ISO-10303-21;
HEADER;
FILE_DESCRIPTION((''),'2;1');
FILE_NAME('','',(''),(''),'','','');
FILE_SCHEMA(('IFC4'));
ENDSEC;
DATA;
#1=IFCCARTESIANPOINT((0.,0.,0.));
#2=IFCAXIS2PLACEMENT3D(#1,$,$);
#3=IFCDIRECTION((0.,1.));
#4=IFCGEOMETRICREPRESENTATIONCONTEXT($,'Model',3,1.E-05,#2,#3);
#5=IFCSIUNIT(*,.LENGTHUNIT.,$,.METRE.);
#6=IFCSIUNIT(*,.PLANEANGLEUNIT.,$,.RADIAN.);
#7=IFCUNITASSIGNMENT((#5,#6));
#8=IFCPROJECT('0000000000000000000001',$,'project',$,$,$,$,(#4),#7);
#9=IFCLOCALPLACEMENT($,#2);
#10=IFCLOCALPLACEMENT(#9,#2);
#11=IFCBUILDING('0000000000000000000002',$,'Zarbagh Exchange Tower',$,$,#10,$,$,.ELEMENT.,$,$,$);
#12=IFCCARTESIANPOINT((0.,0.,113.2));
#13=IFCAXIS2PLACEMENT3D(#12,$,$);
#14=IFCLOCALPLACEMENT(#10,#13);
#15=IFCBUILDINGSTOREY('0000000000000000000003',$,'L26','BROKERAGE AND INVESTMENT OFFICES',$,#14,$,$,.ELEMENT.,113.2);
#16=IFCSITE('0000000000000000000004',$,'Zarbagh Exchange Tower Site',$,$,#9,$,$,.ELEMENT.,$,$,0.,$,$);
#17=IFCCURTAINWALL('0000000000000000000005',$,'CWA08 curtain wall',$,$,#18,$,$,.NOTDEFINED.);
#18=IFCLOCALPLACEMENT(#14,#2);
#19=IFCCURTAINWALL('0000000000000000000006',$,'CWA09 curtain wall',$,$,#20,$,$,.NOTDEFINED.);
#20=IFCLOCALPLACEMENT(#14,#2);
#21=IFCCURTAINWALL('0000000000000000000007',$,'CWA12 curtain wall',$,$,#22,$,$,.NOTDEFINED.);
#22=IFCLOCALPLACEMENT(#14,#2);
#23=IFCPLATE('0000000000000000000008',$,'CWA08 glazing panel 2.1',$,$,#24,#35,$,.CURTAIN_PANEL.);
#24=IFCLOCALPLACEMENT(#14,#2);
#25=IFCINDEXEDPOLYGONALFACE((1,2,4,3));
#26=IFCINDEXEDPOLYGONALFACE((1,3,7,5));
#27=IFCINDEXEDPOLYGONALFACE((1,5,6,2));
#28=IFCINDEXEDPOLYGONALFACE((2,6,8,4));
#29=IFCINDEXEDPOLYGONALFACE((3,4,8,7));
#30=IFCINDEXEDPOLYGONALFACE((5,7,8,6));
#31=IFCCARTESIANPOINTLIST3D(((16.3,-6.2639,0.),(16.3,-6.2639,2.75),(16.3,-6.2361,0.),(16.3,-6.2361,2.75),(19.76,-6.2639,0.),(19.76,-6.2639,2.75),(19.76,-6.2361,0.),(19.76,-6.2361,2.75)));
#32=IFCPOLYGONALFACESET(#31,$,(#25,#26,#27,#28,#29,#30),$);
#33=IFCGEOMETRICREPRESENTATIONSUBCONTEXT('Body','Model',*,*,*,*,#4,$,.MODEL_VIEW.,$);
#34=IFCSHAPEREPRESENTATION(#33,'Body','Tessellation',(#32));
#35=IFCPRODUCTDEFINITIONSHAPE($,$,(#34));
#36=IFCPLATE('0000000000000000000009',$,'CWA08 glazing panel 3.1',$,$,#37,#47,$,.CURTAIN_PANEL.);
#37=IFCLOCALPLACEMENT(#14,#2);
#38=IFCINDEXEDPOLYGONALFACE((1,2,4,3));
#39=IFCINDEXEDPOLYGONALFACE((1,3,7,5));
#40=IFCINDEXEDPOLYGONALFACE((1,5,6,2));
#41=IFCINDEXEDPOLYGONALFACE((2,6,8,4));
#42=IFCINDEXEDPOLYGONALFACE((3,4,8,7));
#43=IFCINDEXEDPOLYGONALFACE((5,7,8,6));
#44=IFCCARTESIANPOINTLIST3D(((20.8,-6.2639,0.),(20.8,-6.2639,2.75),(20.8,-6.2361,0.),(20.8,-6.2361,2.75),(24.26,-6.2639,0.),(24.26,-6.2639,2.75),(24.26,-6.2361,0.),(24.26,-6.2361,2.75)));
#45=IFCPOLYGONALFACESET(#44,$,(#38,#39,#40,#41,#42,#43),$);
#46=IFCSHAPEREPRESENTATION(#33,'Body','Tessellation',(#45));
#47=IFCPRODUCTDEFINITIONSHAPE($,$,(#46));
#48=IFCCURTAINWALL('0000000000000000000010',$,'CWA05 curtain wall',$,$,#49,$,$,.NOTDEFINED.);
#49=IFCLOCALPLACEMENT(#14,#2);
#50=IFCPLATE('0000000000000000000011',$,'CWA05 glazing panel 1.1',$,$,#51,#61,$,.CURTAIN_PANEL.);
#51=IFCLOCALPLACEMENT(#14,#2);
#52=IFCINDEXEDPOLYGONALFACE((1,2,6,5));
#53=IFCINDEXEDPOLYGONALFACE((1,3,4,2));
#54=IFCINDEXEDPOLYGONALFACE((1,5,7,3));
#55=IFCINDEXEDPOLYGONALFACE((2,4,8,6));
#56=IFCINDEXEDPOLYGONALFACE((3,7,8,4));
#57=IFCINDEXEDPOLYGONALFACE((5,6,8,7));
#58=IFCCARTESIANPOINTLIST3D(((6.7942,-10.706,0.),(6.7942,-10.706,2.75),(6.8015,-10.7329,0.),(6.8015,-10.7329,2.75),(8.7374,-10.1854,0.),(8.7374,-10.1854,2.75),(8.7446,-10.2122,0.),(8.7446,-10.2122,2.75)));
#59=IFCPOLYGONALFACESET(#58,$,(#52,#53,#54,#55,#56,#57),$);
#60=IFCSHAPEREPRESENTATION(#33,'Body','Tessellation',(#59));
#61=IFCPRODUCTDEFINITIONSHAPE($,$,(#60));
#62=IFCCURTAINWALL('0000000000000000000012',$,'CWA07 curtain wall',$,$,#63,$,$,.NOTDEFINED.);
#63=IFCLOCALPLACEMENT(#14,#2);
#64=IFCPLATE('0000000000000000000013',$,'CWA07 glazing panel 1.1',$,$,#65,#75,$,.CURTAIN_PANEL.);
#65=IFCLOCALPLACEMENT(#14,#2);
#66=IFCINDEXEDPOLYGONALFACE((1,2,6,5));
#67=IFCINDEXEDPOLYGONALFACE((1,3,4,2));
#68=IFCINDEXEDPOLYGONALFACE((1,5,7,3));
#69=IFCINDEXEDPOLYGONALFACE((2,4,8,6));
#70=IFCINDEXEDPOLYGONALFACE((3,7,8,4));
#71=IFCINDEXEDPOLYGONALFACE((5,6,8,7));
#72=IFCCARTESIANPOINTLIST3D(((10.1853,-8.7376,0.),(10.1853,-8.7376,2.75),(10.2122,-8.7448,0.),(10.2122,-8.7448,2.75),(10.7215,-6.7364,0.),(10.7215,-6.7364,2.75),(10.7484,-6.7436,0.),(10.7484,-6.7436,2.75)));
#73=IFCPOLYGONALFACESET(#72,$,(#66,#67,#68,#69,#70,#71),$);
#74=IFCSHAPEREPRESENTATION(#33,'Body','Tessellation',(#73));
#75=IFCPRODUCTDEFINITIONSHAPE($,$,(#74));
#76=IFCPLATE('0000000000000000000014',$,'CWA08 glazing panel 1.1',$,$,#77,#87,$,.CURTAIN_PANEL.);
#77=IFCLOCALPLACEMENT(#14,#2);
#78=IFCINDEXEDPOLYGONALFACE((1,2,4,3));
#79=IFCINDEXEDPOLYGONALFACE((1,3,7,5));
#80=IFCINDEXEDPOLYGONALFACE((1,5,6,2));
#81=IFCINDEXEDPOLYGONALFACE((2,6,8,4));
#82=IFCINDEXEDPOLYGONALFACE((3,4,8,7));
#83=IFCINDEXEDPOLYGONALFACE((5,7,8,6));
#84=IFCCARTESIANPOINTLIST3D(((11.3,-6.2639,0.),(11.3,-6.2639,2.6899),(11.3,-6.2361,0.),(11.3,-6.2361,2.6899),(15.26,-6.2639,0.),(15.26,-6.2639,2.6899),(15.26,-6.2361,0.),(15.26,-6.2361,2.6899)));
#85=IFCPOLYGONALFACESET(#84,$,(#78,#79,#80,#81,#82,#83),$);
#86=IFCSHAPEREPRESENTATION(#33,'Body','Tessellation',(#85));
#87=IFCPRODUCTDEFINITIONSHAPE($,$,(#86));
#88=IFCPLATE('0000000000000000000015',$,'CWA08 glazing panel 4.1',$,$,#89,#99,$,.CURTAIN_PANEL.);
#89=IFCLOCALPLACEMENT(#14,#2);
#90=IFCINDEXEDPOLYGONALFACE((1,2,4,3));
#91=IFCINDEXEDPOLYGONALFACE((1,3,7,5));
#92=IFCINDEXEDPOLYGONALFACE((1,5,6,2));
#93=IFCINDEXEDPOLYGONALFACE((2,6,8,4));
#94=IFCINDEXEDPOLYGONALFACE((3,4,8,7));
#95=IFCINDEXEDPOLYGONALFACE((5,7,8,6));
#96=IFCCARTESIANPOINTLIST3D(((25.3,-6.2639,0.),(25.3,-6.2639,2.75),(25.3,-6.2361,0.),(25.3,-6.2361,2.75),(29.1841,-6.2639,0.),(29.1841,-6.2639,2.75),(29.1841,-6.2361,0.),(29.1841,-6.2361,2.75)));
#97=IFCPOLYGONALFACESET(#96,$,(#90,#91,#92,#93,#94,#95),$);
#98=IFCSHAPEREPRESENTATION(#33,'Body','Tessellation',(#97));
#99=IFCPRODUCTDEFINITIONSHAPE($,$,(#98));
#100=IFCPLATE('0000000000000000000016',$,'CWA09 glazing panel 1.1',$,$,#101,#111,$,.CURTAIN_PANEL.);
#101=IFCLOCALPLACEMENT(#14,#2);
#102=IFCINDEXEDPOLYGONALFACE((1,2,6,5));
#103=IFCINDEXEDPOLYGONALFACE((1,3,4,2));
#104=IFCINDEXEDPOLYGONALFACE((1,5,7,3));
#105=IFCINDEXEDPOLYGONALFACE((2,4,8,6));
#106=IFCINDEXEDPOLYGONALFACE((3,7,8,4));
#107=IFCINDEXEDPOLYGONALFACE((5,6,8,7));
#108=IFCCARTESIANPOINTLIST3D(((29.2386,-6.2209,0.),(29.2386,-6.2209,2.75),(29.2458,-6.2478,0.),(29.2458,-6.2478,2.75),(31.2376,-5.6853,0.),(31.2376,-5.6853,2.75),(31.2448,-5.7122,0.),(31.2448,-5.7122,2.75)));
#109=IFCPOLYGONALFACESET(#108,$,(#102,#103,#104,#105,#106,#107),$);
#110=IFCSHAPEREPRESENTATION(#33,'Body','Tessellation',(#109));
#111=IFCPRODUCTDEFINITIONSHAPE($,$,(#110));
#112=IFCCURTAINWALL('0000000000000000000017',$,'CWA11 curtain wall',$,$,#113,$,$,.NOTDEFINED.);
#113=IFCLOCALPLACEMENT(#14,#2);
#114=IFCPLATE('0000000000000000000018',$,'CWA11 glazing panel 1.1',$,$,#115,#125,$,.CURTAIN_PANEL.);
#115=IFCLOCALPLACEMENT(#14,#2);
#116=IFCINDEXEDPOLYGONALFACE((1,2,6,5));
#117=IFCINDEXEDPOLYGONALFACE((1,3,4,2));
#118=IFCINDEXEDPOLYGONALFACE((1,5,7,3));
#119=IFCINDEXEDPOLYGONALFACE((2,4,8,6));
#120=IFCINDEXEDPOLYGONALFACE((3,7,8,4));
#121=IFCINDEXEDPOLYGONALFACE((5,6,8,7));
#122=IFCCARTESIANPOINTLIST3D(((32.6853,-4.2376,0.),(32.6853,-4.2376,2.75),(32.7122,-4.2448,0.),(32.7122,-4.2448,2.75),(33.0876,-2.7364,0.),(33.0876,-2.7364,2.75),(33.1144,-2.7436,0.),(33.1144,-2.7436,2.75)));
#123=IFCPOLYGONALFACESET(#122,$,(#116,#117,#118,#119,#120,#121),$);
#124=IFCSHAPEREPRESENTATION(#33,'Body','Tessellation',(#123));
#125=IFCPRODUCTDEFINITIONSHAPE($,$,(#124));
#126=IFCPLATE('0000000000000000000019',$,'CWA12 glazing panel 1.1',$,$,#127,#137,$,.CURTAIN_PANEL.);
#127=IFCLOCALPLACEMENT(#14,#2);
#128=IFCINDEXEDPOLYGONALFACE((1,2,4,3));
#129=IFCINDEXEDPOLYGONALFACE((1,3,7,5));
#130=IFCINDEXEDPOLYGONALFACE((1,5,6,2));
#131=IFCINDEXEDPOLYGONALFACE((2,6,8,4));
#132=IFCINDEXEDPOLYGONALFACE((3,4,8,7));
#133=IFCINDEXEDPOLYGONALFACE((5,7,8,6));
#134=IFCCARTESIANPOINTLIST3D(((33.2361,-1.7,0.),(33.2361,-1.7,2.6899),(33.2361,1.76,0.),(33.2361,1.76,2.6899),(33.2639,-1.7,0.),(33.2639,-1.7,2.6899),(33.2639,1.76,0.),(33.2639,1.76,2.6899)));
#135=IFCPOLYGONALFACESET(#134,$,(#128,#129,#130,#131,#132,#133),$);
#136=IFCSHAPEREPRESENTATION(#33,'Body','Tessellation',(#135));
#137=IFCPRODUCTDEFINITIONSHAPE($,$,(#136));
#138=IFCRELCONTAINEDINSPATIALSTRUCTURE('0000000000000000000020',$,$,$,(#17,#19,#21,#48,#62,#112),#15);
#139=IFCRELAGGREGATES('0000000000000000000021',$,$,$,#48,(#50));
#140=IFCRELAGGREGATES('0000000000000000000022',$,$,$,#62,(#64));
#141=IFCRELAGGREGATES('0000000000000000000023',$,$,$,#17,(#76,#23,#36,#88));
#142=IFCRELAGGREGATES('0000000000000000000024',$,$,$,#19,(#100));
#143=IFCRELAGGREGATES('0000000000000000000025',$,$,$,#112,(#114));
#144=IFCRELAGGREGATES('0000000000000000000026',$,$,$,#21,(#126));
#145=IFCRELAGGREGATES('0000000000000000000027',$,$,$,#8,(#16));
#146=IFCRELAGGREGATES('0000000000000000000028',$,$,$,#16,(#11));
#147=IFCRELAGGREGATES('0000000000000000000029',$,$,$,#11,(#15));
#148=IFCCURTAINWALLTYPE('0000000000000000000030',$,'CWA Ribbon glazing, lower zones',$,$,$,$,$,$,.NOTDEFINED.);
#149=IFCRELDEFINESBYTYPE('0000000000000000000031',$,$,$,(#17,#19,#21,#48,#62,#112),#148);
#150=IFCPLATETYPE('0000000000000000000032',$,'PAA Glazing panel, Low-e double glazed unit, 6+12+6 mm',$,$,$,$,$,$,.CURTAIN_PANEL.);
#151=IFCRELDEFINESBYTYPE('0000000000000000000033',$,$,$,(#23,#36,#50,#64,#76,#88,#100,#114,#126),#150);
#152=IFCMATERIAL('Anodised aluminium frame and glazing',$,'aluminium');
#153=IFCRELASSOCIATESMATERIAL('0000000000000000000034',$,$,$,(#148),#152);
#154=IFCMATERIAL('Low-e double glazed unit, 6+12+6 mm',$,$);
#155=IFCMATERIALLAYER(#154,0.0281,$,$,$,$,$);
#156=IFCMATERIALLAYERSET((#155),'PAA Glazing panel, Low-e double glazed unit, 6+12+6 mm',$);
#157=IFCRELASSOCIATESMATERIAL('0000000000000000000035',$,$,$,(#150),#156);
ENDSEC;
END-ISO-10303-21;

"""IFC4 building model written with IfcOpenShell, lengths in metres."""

from ifc_helpers import new_model, si_unit, direction, frame, origin, place, context, subcontext, project, spatial, polyline, outline, extrude, source, transform, mapped, material, layer, layer_set, type_object, element, aggregate, save


model = new_model("IFC4")

# Units and contexts
model_context = context("Model", 3, precision=1e-05, world=origin(), true_north=direction((0.0, 1.0)))
body_context = subcontext(model_context, "Body", "Model", "MODEL_VIEW")
ifc_project = project(units=[si_unit("LENGTHUNIT", "METRE"), si_unit("PLANEANGLEUNIT", "RADIAN")], contexts=[model_context])

# Site, building, storey
site_placement = place(None, origin())
site = spatial("IfcSite", under=ifc_project, at=site_placement, Name="Zarbagh Exchange Tower Site", CompositionType="ELEMENT", RefElevation=0.0)
building_placement = place(site_placement, origin())
building = spatial("IfcBuilding", under=site, at=building_placement, Name="Zarbagh Exchange Tower", CompositionType="ELEMENT")
storey_placement = place(building_placement, frame((0.0, 0.0, 113.2)))
storey = spatial("IfcBuildingStorey", under=building, at=storey_placement, Name="L26", Description="BROKERAGE AND INVESTMENT OFFICES", CompositionType="ELEMENT", Elevation=113.2)

# Curtain wall
ifc_material_1 = material(Name="Anodised aluminium frame and glazing", Category="aluminium")
curtain_wall_type = type_object("IfcCurtainWallType", Name="CWA Ribbon glazing, lower zones", PredefinedType="NOTDEFINED", material=ifc_material_1)
curtain_wall_1_placement = place(storey_placement, origin())
curtain_wall_1 = element("IfcCurtainWall", 1, at=curtain_wall_1_placement, inside=storey, type_object=curtain_wall_type, Name="CWA08 curtain wall", PredefinedType="NOTDEFINED")
placement = place(storey_placement, origin())

# Curtain walls
curtain_wall_2_placement = place(storey_placement, origin())
curtain_wall_2 = element("IfcCurtainWall", 2, at=curtain_wall_2_placement, inside=storey, type_object=curtain_wall_type, Name="CWA09 curtain wall", PredefinedType="NOTDEFINED")
curtain_wall_3_placement = place(storey_placement, origin())
curtain_wall_3 = element("IfcCurtainWall", 3, at=curtain_wall_3_placement, inside=storey, type_object=curtain_wall_type, Name="CWA12 curtain wall", PredefinedType="NOTDEFINED")

# Shared definitions
ifc_material_2 = material(Name="Low-e double glazed unit, 6+12+6 mm")
ifc_layer = layer(ifc_material_2, 0.0281)
ifc_layer_set = layer_set([ifc_layer], Name="PAA Glazing panel, Low-e double glazed unit, 6+12+6 mm")
plate_type = type_object("IfcPlateType", Name="PAA Glazing panel, Low-e double glazed unit, 6+12+6 mm", PredefinedType="CURTAIN_PANEL", material=ifc_layer_set)

# Plates
shared_shape_1 = source(origin(), body_context, "Body", "SweptSolid", [
    extrude(outline(polyline([(0.0, -0.0139), (3.46, -0.0139), (3.46, 0.0139), (0.0, 0.0139), (0.0, -0.0139)])), origin(), (0.0, 0.0, 1.0), 2.75),
])
plate_1 = element("IfcPlate", 4, at=placement, type_object=plate_type, Name="CWA08 glazing panel 2.1", PredefinedType="CURTAIN_PANEL", context=body_context, shape_type="MappedRepresentation", body=[
    mapped(shared_shape_1, transform((16.3, -6.25, 0.0), x_axis=(1.0, 0.0, 0.0), y_axis=(0.0, 1.0, 0.0), z_axis=(0.0, 0.0, 1.0))),
])
plate_2 = element("IfcPlate", 5, at=placement, type_object=plate_type, Name="CWA08 glazing panel 3.1", PredefinedType="CURTAIN_PANEL", context=body_context, shape_type="MappedRepresentation", body=[
    mapped(shared_shape_1, transform((20.8, -6.25, 0.0), x_axis=(1.0, 0.0, 0.0), y_axis=(0.0, 1.0, 0.0), z_axis=(0.0, 0.0, 1.0))),
])

# Curtain walls, plates
curtain_wall_4_placement = place(storey_placement, origin())
curtain_wall_4 = element("IfcCurtainWall", 6, at=curtain_wall_4_placement, inside=storey, type_object=curtain_wall_type, Name="CWA05 curtain wall", PredefinedType="NOTDEFINED")
shared_shape_2 = source(origin(), body_context, "Body", "SweptSolid", [
    extrude(outline(polyline([(0.0, -0.0139), (2.0117, -0.0139), (2.0117, 0.0139), (0.0, 0.0139), (0.0, -0.0139)])), origin(), (0.0, 0.0, 1.0), 2.75),
])
plate_3 = element("IfcPlate", 7, at=placement, type_object=plate_type, Name="CWA05 glazing panel 1.1", PredefinedType="CURTAIN_PANEL", context=body_context, shape_type="MappedRepresentation", body=[
    mapped(shared_shape_2, transform((6.7979, -10.7195, 0.0), x_axis=(0.965924, 0.258825, 0.0), y_axis=(-0.258825, 0.965924, 0.0), z_axis=(0.0, 0.0, 1.0))),
])
aggregate(curtain_wall_4, [plate_3])
curtain_wall_5_placement = place(storey_placement, origin())
curtain_wall_5 = element("IfcCurtainWall", 8, at=curtain_wall_5_placement, inside=storey, type_object=curtain_wall_type, Name="CWA07 curtain wall", PredefinedType="NOTDEFINED")
shared_shape_3 = source(origin(), body_context, "Body", "SweptSolid", [
    extrude(outline(polyline([(0.0, -0.0139), (2.0718, -0.0139), (2.0718, 0.0139), (0.0, 0.0139), (0.0, -0.0139)])), origin(), (0.0, 0.0, 1.0), 2.75),
])
plate_4 = element("IfcPlate", 9, at=placement, type_object=plate_type, Name="CWA07 glazing panel 1.1", PredefinedType="CURTAIN_PANEL", context=body_context, shape_type="MappedRepresentation", body=[
    mapped(shared_shape_3, transform((10.1987, -8.7412, 0.0), x_axis=(0.258825, 0.965924, 0.0), y_axis=(-0.965924, 0.258825, 0.0), z_axis=(0.0, 0.0, 1.0))),
])
aggregate(curtain_wall_5, [plate_4])

# Plates
shared_shape_4 = source(origin(), body_context, "Body", "SweptSolid", [
    extrude(outline(polyline([(0.0, -0.0139), (3.96, -0.0139), (3.96, 0.0139), (0.0, 0.0139), (0.0, -0.0139)])), origin(), (0.0, 0.0, 1.0), 2.6899),
])
plate_5 = element("IfcPlate", 10, at=placement, type_object=plate_type, Name="CWA08 glazing panel 1.1", PredefinedType="CURTAIN_PANEL", context=body_context, shape_type="MappedRepresentation", body=[
    mapped(shared_shape_4, transform((11.3, -6.25, 0.0), x_axis=(1.0, 0.0, 0.0), y_axis=(0.0, 1.0, 0.0), z_axis=(0.0, 0.0, 1.0))),
])
shared_shape_5 = source(origin(), body_context, "Body", "SweptSolid", [
    extrude(outline(polyline([(0.0, -0.0139), (3.884, -0.0139), (3.884, 0.0139), (0.0, 0.0139), (0.0, -0.0139)])), origin(), (0.0, 0.0, 1.0), 2.75),
])
plate_6 = element("IfcPlate", 11, at=placement, type_object=plate_type, Name="CWA08 glazing panel 4.1", PredefinedType="CURTAIN_PANEL", context=body_context, shape_type="MappedRepresentation", body=[
    mapped(shared_shape_5, transform((25.3, -6.25, 0.0), x_axis=(1.0, 0.0, 0.0), y_axis=(0.0, 1.0, 0.0), z_axis=(0.0, 0.0, 1.0))),
])
aggregate(curtain_wall_1, [plate_5, plate_1, plate_2, plate_6])
shared_shape_6 = source(origin(), body_context, "Body", "SweptSolid", [
    extrude(outline(polyline([(0.0, -0.0139), (2.0696, -0.0139), (2.0696, 0.0139), (0.0, 0.0139), (0.0, -0.0139)])), origin(), (0.0, 0.0, 1.0), 2.75),
])
plate_7 = element("IfcPlate", 12, at=placement, type_object=plate_type, Name="CWA09 glazing panel 1.1", PredefinedType="CURTAIN_PANEL", context=body_context, shape_type="MappedRepresentation", body=[
    mapped(shared_shape_6, transform((29.2422, -6.2344, 0.0), x_axis=(0.965924, 0.258825, 0.0), y_axis=(-0.258825, 0.965924, 0.0), z_axis=(0.0, 0.0, 1.0))),
])
aggregate(curtain_wall_2, [plate_7])

# Curtain wall, plate
curtain_wall_6_placement = place(storey_placement, origin())
curtain_wall_6 = element("IfcCurtainWall", 13, at=curtain_wall_6_placement, inside=storey, type_object=curtain_wall_type, Name="CWA11 curtain wall", PredefinedType="NOTDEFINED")
shared_shape_7 = source(origin(), body_context, "Body", "SweptSolid", [
    extrude(outline(polyline([(0.0, -0.0139), (1.5542, -0.0139), (1.5542, 0.0139), (0.0, 0.0139), (0.0, -0.0139)])), origin(), (0.0, 0.0, 1.0), 2.75),
])
plate_8 = element("IfcPlate", 14, at=placement, type_object=plate_type, Name="CWA11 glazing panel 1.1", PredefinedType="CURTAIN_PANEL", context=body_context, shape_type="MappedRepresentation", body=[
    mapped(shared_shape_7, transform((32.6987, -4.2412, 0.0), x_axis=(0.258825, 0.965924, 0.0), y_axis=(-0.965924, 0.258825, 0.0), z_axis=(0.0, 0.0, 1.0))),
])
aggregate(curtain_wall_6, [plate_8])

# Plate
shared_shape_8 = source(origin(), body_context, "Body", "SweptSolid", [
    extrude(outline(polyline([(0.0, -0.0139), (3.46, -0.0139), (3.46, 0.0139), (0.0, 0.0139), (0.0, -0.0139)])), origin(), (0.0, 0.0, 1.0), 2.6899),
])
plate_9 = element("IfcPlate", 15, at=placement, type_object=plate_type, Name="CWA12 glazing panel 1.1", PredefinedType="CURTAIN_PANEL", context=body_context, shape_type="MappedRepresentation", body=[
    mapped(shared_shape_8, transform((33.25, -1.7, 0.0), x_axis=(0.0, 1.0, 0.0), y_axis=(-1.0, 0.0, 0.0), z_axis=(0.0, 0.0, 1.0))),
])
aggregate(curtain_wall_3, [plate_9])

save(model, "model.ifc")
